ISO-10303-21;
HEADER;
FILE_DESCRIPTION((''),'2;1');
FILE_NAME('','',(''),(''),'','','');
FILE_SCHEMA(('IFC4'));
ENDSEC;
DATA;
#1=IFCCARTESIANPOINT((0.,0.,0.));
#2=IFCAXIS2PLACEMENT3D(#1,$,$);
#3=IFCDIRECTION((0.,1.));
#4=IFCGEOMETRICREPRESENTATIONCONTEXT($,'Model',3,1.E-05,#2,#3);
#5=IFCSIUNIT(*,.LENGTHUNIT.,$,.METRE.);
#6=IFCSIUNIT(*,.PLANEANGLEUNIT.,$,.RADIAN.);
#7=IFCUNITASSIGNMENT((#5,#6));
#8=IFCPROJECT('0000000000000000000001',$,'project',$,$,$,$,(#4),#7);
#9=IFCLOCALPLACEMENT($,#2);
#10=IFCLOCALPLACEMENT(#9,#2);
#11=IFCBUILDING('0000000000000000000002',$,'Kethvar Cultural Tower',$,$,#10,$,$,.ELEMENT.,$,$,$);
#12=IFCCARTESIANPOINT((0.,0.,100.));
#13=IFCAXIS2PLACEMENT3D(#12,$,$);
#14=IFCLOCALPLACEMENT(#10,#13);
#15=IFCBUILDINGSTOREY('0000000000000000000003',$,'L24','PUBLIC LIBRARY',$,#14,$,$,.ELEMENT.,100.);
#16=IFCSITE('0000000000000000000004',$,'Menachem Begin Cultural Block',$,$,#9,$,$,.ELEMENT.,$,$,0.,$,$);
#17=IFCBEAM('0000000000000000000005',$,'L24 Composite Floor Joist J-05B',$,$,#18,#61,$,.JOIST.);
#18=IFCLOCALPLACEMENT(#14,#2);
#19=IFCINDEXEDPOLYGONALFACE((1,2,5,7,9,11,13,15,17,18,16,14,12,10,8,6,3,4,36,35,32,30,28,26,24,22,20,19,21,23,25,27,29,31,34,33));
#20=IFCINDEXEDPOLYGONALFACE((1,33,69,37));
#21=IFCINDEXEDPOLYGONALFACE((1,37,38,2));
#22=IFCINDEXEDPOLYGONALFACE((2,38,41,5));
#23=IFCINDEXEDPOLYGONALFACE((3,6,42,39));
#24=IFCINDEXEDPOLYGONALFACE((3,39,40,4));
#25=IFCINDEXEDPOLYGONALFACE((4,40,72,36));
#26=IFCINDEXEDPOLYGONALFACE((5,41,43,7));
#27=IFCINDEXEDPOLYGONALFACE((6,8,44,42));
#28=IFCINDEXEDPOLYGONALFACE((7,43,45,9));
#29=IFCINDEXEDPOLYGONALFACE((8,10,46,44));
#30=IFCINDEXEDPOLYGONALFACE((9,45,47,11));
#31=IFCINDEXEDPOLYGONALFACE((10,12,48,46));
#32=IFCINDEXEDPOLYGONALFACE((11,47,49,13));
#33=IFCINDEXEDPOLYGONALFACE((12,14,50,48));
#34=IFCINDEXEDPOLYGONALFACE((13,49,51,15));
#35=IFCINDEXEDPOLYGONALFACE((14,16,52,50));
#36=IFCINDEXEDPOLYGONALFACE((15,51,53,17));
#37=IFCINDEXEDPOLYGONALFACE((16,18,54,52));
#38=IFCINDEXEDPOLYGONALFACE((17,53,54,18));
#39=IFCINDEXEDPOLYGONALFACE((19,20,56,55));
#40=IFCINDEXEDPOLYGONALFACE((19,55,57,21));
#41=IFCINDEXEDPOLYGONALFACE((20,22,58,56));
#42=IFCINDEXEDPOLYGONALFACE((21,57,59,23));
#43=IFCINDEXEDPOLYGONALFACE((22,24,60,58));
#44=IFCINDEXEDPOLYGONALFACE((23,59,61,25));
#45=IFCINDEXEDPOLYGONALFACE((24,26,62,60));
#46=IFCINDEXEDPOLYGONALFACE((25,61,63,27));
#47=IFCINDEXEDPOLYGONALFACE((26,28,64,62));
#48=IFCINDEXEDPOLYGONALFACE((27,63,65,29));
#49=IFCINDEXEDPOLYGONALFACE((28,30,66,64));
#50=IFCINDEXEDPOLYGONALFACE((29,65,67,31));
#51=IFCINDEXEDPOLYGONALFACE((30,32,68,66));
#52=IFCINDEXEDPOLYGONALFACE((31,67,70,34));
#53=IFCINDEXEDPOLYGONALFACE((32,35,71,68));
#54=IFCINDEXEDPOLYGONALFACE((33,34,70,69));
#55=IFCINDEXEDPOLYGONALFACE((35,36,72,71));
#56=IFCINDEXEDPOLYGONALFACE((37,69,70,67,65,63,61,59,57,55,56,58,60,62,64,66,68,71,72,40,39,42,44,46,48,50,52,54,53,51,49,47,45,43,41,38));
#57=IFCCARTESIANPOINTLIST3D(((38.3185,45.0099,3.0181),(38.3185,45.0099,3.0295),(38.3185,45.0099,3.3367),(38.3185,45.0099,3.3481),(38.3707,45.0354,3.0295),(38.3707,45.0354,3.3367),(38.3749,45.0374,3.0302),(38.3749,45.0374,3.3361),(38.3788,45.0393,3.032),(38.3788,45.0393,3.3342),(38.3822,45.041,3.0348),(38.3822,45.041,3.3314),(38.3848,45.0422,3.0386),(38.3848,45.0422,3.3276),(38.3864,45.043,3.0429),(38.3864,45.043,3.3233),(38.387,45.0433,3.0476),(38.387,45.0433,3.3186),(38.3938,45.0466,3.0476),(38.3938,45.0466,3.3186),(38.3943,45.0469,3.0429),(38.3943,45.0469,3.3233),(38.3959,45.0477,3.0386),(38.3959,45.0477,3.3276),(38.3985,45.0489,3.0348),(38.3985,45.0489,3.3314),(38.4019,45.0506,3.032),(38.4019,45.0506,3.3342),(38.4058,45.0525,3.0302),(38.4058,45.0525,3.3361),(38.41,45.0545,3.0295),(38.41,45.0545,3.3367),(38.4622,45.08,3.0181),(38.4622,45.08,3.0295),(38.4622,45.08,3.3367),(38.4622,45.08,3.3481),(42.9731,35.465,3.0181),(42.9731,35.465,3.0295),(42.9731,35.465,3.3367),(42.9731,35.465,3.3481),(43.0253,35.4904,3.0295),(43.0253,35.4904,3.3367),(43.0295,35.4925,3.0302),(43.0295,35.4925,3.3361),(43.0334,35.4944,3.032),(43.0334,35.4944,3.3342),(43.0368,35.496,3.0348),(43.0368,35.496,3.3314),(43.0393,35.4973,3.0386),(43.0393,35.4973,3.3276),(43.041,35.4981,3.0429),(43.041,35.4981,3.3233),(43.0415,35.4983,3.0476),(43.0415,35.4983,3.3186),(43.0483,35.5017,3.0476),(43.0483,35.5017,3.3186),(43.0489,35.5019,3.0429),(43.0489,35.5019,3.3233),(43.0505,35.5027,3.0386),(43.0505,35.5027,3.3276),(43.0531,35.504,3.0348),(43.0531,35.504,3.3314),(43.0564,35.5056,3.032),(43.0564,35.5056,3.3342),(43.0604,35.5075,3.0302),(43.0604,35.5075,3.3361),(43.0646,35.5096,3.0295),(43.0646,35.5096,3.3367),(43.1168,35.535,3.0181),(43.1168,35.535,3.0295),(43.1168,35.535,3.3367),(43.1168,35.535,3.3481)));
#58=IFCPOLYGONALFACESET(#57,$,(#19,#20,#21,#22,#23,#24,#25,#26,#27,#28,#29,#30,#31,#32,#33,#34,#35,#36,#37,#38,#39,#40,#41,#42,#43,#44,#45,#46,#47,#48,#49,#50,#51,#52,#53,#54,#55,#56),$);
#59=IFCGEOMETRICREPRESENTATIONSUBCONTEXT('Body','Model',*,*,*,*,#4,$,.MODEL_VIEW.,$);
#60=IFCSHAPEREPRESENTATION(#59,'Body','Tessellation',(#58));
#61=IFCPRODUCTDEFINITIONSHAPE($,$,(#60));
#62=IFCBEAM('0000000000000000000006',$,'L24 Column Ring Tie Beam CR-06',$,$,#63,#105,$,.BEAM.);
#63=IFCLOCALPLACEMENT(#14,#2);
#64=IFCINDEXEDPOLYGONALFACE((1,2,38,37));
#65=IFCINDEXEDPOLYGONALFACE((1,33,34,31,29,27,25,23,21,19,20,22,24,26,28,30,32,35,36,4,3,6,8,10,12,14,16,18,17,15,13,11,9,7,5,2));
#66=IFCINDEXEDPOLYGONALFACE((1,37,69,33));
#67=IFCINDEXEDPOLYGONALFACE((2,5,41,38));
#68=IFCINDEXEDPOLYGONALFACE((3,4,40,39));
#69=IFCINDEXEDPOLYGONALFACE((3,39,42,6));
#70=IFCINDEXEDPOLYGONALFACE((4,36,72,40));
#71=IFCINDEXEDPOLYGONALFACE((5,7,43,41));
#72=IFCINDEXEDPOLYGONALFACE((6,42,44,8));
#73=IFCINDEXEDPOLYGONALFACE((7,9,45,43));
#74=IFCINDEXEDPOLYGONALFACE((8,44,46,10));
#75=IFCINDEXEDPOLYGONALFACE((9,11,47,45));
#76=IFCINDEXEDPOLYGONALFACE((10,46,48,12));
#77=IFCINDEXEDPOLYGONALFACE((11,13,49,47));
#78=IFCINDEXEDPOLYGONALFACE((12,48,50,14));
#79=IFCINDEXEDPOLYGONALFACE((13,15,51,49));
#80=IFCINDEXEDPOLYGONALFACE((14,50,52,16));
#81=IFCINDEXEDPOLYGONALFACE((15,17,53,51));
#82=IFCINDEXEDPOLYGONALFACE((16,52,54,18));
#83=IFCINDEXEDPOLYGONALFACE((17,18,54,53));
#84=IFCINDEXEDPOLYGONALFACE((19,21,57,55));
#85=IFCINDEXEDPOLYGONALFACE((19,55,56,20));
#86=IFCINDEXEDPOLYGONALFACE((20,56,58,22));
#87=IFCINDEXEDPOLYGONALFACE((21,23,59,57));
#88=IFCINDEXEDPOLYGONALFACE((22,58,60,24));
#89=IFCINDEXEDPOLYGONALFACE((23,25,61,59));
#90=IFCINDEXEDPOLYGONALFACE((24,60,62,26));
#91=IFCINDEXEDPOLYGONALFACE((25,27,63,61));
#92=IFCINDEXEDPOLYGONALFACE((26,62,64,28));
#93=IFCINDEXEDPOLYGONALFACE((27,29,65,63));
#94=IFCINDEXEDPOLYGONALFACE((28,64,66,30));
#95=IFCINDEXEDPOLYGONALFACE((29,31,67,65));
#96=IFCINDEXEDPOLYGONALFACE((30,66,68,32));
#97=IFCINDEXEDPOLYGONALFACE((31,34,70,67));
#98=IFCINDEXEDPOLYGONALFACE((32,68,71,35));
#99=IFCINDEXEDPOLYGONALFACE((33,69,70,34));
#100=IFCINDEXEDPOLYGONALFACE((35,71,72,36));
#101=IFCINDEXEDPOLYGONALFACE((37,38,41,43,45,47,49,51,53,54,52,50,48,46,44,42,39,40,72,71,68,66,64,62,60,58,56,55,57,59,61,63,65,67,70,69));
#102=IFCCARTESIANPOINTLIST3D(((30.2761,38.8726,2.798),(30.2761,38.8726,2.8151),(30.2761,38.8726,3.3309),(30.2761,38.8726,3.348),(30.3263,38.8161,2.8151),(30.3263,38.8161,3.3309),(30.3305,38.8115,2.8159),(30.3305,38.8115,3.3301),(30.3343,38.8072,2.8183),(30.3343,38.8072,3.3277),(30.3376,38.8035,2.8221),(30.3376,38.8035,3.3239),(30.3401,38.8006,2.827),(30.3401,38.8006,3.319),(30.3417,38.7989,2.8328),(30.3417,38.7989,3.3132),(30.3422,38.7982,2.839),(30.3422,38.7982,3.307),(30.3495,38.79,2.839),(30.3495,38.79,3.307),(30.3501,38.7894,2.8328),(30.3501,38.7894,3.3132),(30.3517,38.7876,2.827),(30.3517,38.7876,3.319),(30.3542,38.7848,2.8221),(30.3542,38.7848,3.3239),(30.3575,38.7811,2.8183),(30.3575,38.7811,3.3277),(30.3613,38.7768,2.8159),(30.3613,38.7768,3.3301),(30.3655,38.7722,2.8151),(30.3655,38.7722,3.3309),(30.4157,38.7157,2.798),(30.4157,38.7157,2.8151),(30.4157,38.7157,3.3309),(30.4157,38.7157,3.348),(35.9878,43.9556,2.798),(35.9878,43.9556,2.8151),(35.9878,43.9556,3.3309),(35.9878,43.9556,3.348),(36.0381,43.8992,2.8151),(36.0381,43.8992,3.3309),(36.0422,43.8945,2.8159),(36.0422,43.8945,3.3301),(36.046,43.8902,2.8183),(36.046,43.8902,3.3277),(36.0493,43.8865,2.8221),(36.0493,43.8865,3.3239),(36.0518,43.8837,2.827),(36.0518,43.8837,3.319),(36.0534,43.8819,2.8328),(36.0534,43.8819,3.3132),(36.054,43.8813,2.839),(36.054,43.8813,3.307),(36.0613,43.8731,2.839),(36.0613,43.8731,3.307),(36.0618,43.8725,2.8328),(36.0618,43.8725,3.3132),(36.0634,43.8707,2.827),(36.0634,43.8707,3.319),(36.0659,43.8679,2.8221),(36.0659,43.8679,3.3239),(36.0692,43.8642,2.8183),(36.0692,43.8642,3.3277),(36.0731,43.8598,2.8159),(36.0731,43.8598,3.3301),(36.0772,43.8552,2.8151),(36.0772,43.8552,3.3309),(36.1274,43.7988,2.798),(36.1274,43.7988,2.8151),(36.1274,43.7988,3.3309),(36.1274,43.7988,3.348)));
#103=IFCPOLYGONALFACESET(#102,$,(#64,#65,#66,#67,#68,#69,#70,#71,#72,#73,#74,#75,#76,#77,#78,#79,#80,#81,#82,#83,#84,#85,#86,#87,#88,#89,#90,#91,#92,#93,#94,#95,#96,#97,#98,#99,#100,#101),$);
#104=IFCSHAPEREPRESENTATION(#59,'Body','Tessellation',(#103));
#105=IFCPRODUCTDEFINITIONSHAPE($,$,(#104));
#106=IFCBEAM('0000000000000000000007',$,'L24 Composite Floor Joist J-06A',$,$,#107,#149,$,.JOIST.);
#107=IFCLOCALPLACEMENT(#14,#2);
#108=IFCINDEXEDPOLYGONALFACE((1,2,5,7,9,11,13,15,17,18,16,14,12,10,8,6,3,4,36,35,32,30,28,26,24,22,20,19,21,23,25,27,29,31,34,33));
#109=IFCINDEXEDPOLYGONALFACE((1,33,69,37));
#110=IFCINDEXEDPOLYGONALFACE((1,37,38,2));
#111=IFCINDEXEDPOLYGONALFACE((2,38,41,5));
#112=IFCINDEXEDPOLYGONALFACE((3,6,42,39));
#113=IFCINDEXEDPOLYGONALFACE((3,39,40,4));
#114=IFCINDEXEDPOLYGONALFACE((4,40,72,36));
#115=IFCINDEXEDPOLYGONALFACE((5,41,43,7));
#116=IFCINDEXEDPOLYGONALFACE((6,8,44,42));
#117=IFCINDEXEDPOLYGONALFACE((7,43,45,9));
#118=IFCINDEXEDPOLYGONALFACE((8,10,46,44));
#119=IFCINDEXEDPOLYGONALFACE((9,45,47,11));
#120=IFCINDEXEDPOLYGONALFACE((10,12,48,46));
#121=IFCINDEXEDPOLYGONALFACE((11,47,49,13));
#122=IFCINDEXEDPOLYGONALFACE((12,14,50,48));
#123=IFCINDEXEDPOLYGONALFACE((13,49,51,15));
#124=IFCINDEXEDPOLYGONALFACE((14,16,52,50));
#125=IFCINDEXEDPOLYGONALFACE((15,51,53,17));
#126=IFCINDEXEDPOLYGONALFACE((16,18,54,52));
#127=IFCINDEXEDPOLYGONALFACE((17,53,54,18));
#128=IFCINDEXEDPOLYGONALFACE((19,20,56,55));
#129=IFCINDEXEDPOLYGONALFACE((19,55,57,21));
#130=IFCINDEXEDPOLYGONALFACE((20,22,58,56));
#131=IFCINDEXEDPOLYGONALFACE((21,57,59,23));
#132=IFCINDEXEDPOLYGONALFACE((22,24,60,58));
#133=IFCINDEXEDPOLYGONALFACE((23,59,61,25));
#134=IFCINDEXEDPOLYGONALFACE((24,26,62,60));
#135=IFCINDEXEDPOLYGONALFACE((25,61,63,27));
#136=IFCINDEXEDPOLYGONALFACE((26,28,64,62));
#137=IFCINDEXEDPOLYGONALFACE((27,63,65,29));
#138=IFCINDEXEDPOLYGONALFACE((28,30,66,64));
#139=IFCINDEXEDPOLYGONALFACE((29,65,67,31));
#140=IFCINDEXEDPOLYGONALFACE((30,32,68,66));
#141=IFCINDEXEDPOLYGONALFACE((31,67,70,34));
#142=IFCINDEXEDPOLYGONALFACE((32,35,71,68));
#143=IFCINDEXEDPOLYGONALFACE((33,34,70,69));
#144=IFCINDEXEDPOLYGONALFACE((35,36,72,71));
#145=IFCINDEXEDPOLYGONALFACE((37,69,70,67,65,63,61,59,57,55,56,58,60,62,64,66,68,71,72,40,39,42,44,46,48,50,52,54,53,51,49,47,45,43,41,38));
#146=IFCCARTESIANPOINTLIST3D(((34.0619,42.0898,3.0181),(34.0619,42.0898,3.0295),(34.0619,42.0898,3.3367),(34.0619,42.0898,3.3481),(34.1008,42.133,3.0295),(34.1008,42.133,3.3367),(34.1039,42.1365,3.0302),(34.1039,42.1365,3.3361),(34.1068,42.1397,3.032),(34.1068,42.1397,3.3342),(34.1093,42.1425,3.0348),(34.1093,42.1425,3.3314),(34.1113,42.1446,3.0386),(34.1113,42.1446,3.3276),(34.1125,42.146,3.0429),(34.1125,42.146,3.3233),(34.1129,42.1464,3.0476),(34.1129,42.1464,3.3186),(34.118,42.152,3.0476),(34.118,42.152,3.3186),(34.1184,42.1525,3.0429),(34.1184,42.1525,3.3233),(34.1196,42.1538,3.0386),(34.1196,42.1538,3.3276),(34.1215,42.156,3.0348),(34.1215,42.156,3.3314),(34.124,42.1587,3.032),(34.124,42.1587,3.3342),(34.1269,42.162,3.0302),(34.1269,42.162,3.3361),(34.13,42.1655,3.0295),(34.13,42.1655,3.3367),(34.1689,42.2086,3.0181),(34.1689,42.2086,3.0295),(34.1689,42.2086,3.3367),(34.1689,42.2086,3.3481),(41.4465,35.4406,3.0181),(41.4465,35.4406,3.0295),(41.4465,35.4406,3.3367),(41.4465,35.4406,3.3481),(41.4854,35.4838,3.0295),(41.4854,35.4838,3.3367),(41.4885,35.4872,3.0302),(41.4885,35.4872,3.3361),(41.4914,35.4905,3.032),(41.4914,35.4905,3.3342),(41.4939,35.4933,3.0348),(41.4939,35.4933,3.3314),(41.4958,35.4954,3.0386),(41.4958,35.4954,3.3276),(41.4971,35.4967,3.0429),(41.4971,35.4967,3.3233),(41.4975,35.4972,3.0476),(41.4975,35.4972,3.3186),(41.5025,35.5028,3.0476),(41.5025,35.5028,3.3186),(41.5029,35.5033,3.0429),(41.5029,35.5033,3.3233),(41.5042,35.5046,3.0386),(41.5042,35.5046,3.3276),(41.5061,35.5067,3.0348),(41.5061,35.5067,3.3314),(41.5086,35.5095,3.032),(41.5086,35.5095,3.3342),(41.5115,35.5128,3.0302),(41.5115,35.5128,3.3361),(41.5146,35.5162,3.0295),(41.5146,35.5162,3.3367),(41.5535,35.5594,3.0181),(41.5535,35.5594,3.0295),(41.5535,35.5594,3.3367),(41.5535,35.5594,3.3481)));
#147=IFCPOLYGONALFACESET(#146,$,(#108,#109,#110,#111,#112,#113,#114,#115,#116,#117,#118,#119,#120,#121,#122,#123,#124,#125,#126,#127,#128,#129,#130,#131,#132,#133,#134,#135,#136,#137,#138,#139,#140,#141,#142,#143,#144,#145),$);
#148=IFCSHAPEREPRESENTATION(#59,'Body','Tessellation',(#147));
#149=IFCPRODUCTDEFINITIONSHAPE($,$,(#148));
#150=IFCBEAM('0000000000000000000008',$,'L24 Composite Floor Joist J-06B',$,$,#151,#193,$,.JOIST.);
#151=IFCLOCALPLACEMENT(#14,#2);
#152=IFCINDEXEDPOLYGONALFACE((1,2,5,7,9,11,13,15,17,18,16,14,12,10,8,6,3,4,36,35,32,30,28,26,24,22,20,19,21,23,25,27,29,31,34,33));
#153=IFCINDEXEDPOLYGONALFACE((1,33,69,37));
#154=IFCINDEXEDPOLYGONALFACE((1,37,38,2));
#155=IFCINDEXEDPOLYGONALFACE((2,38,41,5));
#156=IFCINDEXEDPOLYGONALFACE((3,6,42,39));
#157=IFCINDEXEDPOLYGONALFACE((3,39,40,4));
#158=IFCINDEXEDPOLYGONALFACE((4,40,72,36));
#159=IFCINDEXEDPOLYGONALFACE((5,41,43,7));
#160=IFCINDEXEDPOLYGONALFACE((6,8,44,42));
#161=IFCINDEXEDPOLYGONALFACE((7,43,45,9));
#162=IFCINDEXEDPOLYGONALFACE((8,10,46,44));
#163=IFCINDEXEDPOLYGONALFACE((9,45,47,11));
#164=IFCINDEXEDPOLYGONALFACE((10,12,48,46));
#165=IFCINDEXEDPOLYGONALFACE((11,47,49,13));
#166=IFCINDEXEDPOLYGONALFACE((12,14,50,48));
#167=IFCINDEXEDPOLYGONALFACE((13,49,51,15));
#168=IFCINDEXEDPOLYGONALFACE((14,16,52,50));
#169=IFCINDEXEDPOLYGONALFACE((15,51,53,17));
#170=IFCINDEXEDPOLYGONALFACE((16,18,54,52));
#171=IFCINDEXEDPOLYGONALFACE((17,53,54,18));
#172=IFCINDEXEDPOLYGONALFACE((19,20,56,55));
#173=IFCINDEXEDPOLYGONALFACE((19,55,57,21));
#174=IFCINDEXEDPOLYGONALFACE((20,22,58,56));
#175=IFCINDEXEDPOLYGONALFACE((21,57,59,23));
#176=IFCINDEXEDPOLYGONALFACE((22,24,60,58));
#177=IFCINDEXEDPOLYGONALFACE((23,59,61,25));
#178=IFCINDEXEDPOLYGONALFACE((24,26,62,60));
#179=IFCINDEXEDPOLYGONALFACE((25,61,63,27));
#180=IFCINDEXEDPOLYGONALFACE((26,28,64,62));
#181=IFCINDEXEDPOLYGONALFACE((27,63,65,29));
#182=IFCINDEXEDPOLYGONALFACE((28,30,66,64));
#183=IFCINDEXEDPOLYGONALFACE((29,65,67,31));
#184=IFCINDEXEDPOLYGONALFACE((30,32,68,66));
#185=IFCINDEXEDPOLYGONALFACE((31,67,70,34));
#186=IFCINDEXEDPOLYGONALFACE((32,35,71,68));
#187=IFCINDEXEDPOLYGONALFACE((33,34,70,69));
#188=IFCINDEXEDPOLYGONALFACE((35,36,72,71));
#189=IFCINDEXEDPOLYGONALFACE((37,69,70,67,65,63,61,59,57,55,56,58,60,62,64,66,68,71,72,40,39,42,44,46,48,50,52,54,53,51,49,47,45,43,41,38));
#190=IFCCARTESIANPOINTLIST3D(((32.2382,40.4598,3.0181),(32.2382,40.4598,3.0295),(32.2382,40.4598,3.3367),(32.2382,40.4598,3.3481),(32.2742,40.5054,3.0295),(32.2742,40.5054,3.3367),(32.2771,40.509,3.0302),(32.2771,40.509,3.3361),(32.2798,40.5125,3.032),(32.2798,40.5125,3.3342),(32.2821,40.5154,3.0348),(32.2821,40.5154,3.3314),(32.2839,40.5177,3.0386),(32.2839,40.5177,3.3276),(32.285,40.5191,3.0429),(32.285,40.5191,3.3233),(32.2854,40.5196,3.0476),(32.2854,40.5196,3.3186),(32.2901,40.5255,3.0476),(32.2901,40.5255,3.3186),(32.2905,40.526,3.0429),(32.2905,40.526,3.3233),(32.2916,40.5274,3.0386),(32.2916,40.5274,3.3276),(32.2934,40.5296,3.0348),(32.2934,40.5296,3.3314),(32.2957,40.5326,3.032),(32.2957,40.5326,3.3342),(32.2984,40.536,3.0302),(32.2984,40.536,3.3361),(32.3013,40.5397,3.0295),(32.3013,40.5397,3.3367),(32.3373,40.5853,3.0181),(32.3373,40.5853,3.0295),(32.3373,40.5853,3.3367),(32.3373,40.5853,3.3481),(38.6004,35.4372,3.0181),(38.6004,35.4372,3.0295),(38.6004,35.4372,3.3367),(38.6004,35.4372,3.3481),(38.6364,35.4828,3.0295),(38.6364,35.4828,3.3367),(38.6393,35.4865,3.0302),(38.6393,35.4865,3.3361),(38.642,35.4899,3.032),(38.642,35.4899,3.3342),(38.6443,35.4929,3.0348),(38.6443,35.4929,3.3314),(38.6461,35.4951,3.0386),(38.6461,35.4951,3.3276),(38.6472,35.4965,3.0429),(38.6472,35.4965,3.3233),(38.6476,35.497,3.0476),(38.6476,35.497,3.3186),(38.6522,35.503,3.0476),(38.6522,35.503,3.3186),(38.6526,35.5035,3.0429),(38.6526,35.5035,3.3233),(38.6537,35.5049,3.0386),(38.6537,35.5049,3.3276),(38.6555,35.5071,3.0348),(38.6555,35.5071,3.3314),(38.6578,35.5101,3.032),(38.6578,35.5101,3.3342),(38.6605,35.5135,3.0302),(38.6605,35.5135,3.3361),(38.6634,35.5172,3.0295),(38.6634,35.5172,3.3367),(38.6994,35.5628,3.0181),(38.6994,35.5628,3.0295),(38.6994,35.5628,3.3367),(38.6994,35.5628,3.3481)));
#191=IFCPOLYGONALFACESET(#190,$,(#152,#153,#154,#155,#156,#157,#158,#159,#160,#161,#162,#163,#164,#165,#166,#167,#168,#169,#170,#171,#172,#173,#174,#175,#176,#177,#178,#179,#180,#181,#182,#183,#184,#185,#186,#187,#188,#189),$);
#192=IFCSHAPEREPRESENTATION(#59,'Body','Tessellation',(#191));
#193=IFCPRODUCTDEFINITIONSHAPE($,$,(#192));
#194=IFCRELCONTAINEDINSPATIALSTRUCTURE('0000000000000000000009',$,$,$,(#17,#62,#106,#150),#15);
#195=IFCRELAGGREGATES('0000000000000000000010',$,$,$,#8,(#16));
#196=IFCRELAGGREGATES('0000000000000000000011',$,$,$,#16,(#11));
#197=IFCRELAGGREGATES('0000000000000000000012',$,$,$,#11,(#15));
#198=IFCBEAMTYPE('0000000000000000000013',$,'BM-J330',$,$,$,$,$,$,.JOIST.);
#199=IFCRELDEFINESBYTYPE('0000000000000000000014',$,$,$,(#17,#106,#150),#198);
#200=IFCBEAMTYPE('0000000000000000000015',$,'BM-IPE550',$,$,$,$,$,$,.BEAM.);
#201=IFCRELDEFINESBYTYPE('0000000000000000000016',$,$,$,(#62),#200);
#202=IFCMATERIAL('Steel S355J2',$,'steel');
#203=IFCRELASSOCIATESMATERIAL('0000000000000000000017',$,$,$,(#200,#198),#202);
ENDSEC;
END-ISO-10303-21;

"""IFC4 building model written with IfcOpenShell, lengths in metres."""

from ifc_helpers import new_model, si_unit, direction, frame, origin, origin_2d, place, context, subcontext, project, spatial, i_section, extrude, source, transform, mapped, material, material_profile, profile_set, type_object, element, save


model = new_model("IFC4")

# Units and contexts
model_context = context("Model", 3, precision=1e-05, world=origin(), true_north=direction((0.0, 1.0)))
body_context = subcontext(model_context, "Body", "Model", "MODEL_VIEW")
ifc_project = project(units=[si_unit("LENGTHUNIT", "METRE"), si_unit("PLANEANGLEUNIT", "RADIAN")], contexts=[model_context])

# Site, building, storey
site_placement = place(None, origin())
site = spatial("IfcSite", under=ifc_project, at=site_placement, Name="Menachem Begin Cultural Block", CompositionType="ELEMENT", RefElevation=0.0)
building_placement = place(site_placement, origin())
building = spatial("IfcBuilding", under=site, at=building_placement, Name="Kethvar Cultural Tower", CompositionType="ELEMENT")
storey_placement = place(building_placement, frame((0.0, 0.0, 100.0)))
storey = spatial("IfcBuildingStorey", under=building, at=storey_placement, Name="L24", Description="PUBLIC LIBRARY", CompositionType="ELEMENT", Elevation=100.0)

# Beams
ifc_material_1 = material(Name="Steel S355J2", Category="steel")
ifc_material_profile_1 = material_profile(ifc_material_1, i_section(OverallWidth=0.21, OverallDepth=0.55, WebThickness=0.011, FlangeThickness=0.0171, FilletRadius=0.0239, at=origin_2d()), Name="Steel S355J2 — IPE550")
ifc_profile_set_1 = profile_set([ifc_material_profile_1], Name="Steel S355J2 — IPE550")
beam_type_1 = type_object("IfcBeamType", Name="BM-IPE550", PredefinedType="BEAM", material=ifc_profile_set_1)
ifc_material_profile_2 = material_profile(ifc_material_1, i_section(OverallWidth=0.1599, OverallDepth=0.3301, WebThickness=0.0076, FlangeThickness=0.0115, FilletRadius=0.0181, at=origin_2d()), Name="Steel S355J2 — IPE330")
ifc_profile_set_2 = profile_set([ifc_material_profile_2], Name="Steel S355J2 — IPE330")
beam_type_2 = type_object("IfcBeamType", Name="BM-J330", PredefinedType="JOIST", material=ifc_profile_set_2)
shared_shape_1 = source(origin(), body_context, "Body", "SweptSolid", [
    extrude(i_section(OverallWidth=0.1599, OverallDepth=0.3301, WebThickness=0.0076, FlangeThickness=0.0115, FilletRadius=0.0181, at=origin_2d()), origin(), (0.0, 0.0, 1.0), 10.6194),
])
beam_1_placement = place(storey_placement, frame((43.0449, 35.5, 3.1831), z_axis=(-0.438308, 0.898825, 0.0), x_axis=(-0.898825, -0.438308, 0.0)))
element("IfcBeam", 1, at=beam_1_placement, inside=storey, type_object=beam_type_2, Name="L24 Composite Floor Joist J-05B", PredefinedType="JOIST", context=body_context, shape_type="MappedRepresentation", body=[
    mapped(shared_shape_1, transform((0.0, 0.0, 0.0), scale=1.0)),
])
shared_shape_2 = source(origin(), body_context, "Body", "SweptSolid", [
    extrude(i_section(OverallWidth=0.21, OverallDepth=0.55, WebThickness=0.011, FlangeThickness=0.0171, FilletRadius=0.0239, at=origin_2d()), origin(), (0.0, 0.0, 1.0), 7.646),
])
beam_2_placement = place(storey_placement, frame((36.0576, 43.8772, 3.073), z_axis=(-0.747022, -0.6648, 0.0), x_axis=(0.6648, -0.747022, 0.0)))
element("IfcBeam", 2, at=beam_2_placement, inside=storey, type_object=beam_type_1, Name="L24 Column Ring Tie Beam CR-06", PredefinedType="BEAM", context=body_context, shape_type="MappedRepresentation", body=[
    mapped(shared_shape_2, transform((0.0, 0.0, 0.0), scale=1.0)),
])
shared_shape_3 = source(origin(), body_context, "Body", "SweptSolid", [
    extrude(i_section(OverallWidth=0.1599, OverallDepth=0.3301, WebThickness=0.0076, FlangeThickness=0.0115, FilletRadius=0.0181, at=origin_2d()), origin(), (0.0, 0.0, 1.0), 9.937),
])
beam_3_placement = place(storey_placement, frame((41.5, 35.5, 3.1831), z_axis=(-0.743139, 0.669137, 0.0), x_axis=(-0.669137, -0.743139, 0.0)))
element("IfcBeam", 3, at=beam_3_placement, inside=storey, type_object=beam_type_2, Name="L24 Composite Floor Joist J-06A", PredefinedType="JOIST", context=body_context, shape_type="MappedRepresentation", body=[
    mapped(shared_shape_3, transform((0.0, 0.0, 0.0), scale=1.0)),
])
shared_shape_4 = source(origin(), body_context, "Body", "SweptSolid", [
    extrude(i_section(OverallWidth=0.1599, OverallDepth=0.3301, WebThickness=0.0076, FlangeThickness=0.0115, FilletRadius=0.0181, at=origin_2d()), origin(), (0.0, 0.0, 1.0), 8.1057),
])
beam_4_placement = place(storey_placement, frame((38.6499, 35.5, 3.1831), z_axis=(-0.784896, 0.619628, 0.0), x_axis=(-0.619628, -0.784896, 0.0)))
element("IfcBeam", 4, at=beam_4_placement, inside=storey, type_object=beam_type_2, Name="L24 Composite Floor Joist J-06B", PredefinedType="JOIST", context=body_context, shape_type="MappedRepresentation", body=[
    mapped(shared_shape_4, transform((0.0, 0.0, 0.0), scale=1.0)),
])

save(model, "model.ifc")
